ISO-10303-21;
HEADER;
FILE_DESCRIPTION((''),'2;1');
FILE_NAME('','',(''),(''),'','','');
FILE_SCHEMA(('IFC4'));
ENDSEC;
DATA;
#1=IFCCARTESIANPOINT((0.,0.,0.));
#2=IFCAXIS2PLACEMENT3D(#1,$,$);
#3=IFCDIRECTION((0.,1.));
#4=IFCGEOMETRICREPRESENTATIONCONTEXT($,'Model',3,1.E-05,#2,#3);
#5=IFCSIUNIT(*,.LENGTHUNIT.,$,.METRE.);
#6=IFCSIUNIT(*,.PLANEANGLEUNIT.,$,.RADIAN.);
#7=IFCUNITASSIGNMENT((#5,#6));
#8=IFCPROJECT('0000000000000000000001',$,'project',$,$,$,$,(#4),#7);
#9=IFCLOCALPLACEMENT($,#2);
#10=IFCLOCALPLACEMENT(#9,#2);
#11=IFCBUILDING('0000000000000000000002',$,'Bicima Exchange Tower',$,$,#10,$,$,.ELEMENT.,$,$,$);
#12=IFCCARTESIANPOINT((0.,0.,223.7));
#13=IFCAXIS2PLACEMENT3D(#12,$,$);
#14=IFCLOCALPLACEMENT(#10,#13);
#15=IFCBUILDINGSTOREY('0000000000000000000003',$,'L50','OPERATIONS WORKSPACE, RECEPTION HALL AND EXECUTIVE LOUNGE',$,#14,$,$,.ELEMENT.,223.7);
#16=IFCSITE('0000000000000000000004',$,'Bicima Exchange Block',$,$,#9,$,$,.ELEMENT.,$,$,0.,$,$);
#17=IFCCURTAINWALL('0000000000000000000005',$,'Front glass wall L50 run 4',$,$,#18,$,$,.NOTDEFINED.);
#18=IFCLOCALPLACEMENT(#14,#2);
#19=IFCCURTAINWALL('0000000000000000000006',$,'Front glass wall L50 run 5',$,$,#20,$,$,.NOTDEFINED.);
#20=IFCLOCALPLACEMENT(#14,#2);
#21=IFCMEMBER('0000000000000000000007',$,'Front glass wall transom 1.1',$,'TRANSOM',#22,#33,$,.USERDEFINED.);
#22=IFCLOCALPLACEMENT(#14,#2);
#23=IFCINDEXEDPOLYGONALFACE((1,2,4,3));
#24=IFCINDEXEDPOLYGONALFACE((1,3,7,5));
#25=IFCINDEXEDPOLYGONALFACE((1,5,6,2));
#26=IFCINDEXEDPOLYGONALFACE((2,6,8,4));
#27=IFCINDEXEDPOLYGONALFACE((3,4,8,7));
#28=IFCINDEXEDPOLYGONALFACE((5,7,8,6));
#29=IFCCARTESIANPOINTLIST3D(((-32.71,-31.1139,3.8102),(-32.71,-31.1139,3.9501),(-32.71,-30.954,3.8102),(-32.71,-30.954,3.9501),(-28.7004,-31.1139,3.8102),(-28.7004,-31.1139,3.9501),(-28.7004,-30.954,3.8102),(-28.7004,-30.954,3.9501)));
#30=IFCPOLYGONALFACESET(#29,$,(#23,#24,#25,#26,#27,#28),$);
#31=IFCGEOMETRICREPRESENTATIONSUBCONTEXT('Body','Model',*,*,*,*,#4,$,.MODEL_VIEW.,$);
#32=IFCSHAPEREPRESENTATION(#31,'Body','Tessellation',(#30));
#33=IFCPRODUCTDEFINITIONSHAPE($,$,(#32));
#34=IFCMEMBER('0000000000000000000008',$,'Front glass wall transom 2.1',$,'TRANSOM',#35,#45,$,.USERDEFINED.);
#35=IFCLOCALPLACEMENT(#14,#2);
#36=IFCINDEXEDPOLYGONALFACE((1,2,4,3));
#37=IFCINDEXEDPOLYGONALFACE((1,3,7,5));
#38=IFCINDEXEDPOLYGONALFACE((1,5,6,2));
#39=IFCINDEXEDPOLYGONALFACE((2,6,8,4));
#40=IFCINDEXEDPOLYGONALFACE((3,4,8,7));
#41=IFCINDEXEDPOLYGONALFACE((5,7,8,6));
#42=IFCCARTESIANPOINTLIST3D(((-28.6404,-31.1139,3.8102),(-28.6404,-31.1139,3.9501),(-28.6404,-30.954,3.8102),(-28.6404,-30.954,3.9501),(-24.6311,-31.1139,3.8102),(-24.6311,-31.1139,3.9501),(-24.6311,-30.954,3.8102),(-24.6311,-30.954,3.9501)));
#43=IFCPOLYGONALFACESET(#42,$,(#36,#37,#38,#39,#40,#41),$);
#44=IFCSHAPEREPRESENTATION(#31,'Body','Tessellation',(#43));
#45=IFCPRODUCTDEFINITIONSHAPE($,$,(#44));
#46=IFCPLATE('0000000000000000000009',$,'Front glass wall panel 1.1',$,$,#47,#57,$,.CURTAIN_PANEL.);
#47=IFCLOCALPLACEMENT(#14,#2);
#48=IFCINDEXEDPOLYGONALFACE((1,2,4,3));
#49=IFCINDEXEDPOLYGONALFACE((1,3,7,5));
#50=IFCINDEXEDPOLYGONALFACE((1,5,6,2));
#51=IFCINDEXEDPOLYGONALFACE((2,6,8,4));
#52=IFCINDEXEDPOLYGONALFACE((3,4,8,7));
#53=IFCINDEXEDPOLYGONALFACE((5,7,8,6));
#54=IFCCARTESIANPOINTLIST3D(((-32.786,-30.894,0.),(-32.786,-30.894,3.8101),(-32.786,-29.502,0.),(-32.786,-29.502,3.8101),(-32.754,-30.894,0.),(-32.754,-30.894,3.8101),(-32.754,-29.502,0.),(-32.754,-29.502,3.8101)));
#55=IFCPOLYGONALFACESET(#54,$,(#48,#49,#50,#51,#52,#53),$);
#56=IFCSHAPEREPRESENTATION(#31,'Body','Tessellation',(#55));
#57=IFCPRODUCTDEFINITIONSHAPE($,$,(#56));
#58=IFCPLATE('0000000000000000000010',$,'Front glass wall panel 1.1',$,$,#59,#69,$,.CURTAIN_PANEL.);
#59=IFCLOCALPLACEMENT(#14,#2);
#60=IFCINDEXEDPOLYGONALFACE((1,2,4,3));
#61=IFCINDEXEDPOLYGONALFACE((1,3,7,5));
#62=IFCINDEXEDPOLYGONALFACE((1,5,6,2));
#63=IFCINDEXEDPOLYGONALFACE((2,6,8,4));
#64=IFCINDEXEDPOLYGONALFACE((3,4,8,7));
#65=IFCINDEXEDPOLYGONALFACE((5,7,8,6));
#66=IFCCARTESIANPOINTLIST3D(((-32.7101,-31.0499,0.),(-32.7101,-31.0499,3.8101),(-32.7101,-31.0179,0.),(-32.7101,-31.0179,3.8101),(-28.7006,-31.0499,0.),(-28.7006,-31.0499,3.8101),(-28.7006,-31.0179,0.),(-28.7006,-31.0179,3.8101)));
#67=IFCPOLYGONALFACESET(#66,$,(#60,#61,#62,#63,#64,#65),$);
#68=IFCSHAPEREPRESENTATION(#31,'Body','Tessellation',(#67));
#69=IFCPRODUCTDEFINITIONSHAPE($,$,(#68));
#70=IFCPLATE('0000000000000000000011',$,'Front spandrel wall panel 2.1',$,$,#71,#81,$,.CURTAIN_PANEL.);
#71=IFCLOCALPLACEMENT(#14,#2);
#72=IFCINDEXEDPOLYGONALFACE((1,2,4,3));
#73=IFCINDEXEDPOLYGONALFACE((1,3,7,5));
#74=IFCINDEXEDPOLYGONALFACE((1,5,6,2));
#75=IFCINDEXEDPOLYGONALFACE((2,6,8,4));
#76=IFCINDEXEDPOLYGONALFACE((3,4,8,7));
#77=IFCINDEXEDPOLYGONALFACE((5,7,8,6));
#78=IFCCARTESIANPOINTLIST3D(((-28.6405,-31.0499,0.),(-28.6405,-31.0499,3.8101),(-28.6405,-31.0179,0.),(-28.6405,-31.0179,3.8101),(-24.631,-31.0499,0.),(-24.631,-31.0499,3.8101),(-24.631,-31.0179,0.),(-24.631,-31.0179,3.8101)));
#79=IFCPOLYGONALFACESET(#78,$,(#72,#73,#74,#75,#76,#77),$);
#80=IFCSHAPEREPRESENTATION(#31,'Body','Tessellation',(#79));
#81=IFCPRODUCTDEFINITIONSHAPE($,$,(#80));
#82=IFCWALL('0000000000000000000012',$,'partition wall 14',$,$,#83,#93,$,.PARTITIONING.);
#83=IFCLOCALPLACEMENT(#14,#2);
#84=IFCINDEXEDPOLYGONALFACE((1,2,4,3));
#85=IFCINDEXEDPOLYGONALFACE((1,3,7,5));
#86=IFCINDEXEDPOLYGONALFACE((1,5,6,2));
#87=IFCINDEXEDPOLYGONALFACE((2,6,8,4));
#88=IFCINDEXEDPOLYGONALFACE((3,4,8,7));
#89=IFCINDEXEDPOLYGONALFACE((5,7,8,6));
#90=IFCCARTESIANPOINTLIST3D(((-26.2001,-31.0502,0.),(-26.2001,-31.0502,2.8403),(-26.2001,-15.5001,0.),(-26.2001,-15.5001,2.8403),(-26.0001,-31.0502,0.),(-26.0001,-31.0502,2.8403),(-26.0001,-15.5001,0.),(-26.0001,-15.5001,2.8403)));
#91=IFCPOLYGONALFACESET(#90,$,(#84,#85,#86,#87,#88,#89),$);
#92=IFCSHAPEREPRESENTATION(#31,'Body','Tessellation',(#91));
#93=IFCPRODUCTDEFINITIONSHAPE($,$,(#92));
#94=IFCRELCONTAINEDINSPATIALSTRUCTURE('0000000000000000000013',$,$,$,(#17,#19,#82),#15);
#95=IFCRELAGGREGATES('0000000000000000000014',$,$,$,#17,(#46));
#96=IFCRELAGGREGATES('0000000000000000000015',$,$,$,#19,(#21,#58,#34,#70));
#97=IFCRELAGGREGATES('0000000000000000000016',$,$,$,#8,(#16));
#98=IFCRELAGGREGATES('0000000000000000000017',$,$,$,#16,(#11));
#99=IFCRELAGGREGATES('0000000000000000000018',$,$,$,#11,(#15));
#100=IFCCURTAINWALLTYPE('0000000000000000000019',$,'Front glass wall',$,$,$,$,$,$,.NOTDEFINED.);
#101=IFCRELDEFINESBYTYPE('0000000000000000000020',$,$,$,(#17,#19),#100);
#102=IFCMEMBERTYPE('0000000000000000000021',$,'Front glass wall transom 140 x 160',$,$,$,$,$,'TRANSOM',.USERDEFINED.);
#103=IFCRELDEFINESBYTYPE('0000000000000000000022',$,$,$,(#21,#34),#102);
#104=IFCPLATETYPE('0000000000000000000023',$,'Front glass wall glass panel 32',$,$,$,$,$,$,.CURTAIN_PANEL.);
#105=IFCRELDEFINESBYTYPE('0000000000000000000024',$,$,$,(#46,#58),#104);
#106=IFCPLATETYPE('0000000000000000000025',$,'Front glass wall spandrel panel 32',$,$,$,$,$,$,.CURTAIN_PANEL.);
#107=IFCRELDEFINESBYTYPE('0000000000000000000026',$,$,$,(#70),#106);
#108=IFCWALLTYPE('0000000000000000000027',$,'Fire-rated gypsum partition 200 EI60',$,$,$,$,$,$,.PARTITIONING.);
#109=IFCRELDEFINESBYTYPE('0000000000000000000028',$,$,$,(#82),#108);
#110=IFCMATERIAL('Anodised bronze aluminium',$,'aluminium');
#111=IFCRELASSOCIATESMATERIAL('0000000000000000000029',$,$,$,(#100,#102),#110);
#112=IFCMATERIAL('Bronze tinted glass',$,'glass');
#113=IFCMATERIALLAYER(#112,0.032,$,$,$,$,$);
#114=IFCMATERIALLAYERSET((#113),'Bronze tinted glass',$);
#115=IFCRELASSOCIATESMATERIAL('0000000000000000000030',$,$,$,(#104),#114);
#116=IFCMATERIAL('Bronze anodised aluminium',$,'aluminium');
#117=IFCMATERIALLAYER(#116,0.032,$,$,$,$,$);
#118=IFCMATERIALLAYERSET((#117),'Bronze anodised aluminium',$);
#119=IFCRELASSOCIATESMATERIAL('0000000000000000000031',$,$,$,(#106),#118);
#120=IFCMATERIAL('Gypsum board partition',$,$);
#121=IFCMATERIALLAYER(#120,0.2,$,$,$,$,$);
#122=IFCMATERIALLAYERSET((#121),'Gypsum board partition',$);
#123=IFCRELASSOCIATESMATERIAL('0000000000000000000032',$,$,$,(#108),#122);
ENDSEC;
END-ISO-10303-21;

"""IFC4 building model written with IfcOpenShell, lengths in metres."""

from ifc_helpers import new_model, si_unit, direction, frame, frame_2d, origin, origin_2d, place, context, subcontext, project, spatial, rectangle, extrude, material, layer, layer_set, material_profile, profile_set, type_object, element, aggregate, save


model = new_model("IFC4")

# Units and contexts
model_context = context("Model", 3, precision=1e-05, world=origin(), true_north=direction((0.0, 1.0)))
body_context = subcontext(model_context, "Body", "Model", "MODEL_VIEW")
ifc_project = project(units=[si_unit("LENGTHUNIT", "METRE"), si_unit("PLANEANGLEUNIT", "RADIAN")], contexts=[model_context])

# Site, building, storey
site_placement = place(None, origin())
site = spatial("IfcSite", under=ifc_project, at=site_placement, Name="Bicima Exchange Block", CompositionType="ELEMENT", RefElevation=0.0)
building_placement = place(site_placement, origin())
building = spatial("IfcBuilding", under=site, at=building_placement, Name="Bicima Exchange Tower", CompositionType="ELEMENT")
storey_placement = place(building_placement, frame((0.0, 0.0, 223.7)))
storey = spatial("IfcBuildingStorey", under=building, at=storey_placement, Name="L50", Description="OPERATIONS WORKSPACE, RECEPTION HALL AND EXECUTIVE LOUNGE", CompositionType="ELEMENT", Elevation=223.7)

# Shared definitions
ifc_material_1 = material(Name="Anodised bronze aluminium", Category="aluminium")
curtain_wall_type = type_object("IfcCurtainWallType", Name="Front glass wall", PredefinedType="NOTDEFINED", material=ifc_material_1)

# Curtain walls
curtain_wall_1_placement = place(storey_placement, origin())
curtain_wall_1 = element("IfcCurtainWall", 1, at=curtain_wall_1_placement, inside=storey, type_object=curtain_wall_type, Name="Front glass wall L50 run 4", PredefinedType="NOTDEFINED")
curtain_wall_2_placement = place(storey_placement, origin())
curtain_wall_2 = element("IfcCurtainWall", 2, at=curtain_wall_2_placement, inside=storey, type_object=curtain_wall_type, Name="Front glass wall L50 run 5", PredefinedType="NOTDEFINED")

# Members
ifc_material_profile_1 = material_profile(ifc_material_1, rectangle(XDim=0.1599, YDim=0.1399, at=origin_2d()))
ifc_profile_set_1 = profile_set([ifc_material_profile_1], Name="Anodised bronze aluminium")
member_type_1 = type_object("IfcMemberType", Name="Front glass wall transom 140 x 160", ElementType="TRANSOM", PredefinedType="USERDEFINED", material=ifc_profile_set_1)
member_1_placement = place(storey_placement, frame((-32.71, -31.0339, 3.8801), z_axis=(1.0, 0.0, 0.0), x_axis=(0.0, 1.0, 0.0)))
member_1 = element("IfcMember", 3, at=member_1_placement, type_object=member_type_1, Name="Front glass wall transom 1.1", ObjectType="TRANSOM", PredefinedType="USERDEFINED", context=body_context, shape_type="SweptSolid", body=[
    extrude(rectangle(XDim=0.1599, YDim=0.1399, at=origin_2d()), origin(), (0.0, 0.0, 1.0), 4.0095),
])
member_2_placement = place(storey_placement, frame((-28.6404, -31.0339, 3.8801), z_axis=(1.0, 0.0, 0.0), x_axis=(0.0, 1.0, 0.0)))
member_2 = element("IfcMember", 4, at=member_2_placement, type_object=member_type_1, Name="Front glass wall transom 2.1", ObjectType="TRANSOM", PredefinedType="USERDEFINED", context=body_context, shape_type="SweptSolid", body=[
    extrude(rectangle(XDim=0.1599, YDim=0.1399, at=origin_2d()), origin(), (0.0, 0.0, 1.0), 4.0093),
])

# Plates
ifc_material_2 = material(Name="Bronze tinted glass", Category="glass")
ifc_layer_1 = layer(ifc_material_2, 0.032)
ifc_layer_set_1 = layer_set([ifc_layer_1], Name="Bronze tinted glass")
plate_type_1 = type_object("IfcPlateType", Name="Front glass wall glass panel 32", PredefinedType="CURTAIN_PANEL", material=ifc_layer_set_1)
plate_1_placement = place(storey_placement, frame((-32.77, -30.198, 0.0), z_axis=(0.0, 0.0, 1.0), x_axis=(0.0, -1.0, 0.0)))
plate_1 = element("IfcPlate", 5, at=plate_1_placement, type_object=plate_type_1, Name="Front glass wall panel 1.1", PredefinedType="CURTAIN_PANEL", context=body_context, shape_type="SweptSolid", body=[
    extrude(rectangle(XDim=1.3921, YDim=0.032, at=origin_2d()), origin(), (0.0, 0.0, 1.0), 3.8101),
])
aggregate(curtain_wall_1, [plate_1])
plate_2_placement = place(storey_placement, frame((-30.7053, -31.0339, 0.0), z_axis=(0.0, 0.0, 1.0), x_axis=(1.0, 0.0, 0.0)))
plate_2 = element("IfcPlate", 6, at=plate_2_placement, type_object=plate_type_1, Name="Front glass wall panel 1.1", PredefinedType="CURTAIN_PANEL", context=body_context, shape_type="SweptSolid", body=[
    extrude(rectangle(XDim=4.0095, YDim=0.032, at=origin_2d()), origin(), (0.0, 0.0, 1.0), 3.8101),
])
ifc_material_3 = material(Name="Bronze anodised aluminium", Category="aluminium")
ifc_layer_2 = layer(ifc_material_3, 0.032)
ifc_layer_set_2 = layer_set([ifc_layer_2], Name="Bronze anodised aluminium")
plate_type_2 = type_object("IfcPlateType", Name="Front glass wall spandrel panel 32", PredefinedType="CURTAIN_PANEL", material=ifc_layer_set_2)
plate_3_placement = place(storey_placement, frame((-26.6357, -31.0339, 0.0), z_axis=(0.0, 0.0, 1.0), x_axis=(1.0, 0.0, 0.0)))
plate_3 = element("IfcPlate", 7, at=plate_3_placement, type_object=plate_type_2, Name="Front spandrel wall panel 2.1", PredefinedType="CURTAIN_PANEL", context=body_context, shape_type="SweptSolid", body=[
    extrude(rectangle(XDim=4.0095, YDim=0.032, at=origin_2d()), origin(), (0.0, 0.0, 1.0), 3.8101),
])
aggregate(curtain_wall_2, [member_1, plate_2, member_2, plate_3])

# Wall
ifc_material_4 = material(Name="Gypsum board partition")
ifc_layer_3 = layer(ifc_material_4, 0.2)
ifc_layer_set_3 = layer_set([ifc_layer_3], Name="Gypsum board partition")
wall_type = type_object("IfcWallType", Name="Fire-rated gypsum partition 200 EI60", PredefinedType="PARTITIONING", material=ifc_layer_set_3)
wall_placement = place(storey_placement, frame((-26.1001, -31.05, 0.0), z_axis=(0.0, 0.0, 1.0), x_axis=(0.0, 1.0, 0.0)))
element("IfcWall", 8, at=wall_placement, inside=storey, type_object=wall_type, Name="partition wall 14", PredefinedType="PARTITIONING", context=body_context, shape_type="SweptSolid", body=[
    extrude(rectangle(XDim=15.55, YDim=0.2, at=frame_2d((7.7749, 0.0))), origin(), (0.0, 0.0, 1.0), 2.8403),
])

save(model, "model.ifc")
